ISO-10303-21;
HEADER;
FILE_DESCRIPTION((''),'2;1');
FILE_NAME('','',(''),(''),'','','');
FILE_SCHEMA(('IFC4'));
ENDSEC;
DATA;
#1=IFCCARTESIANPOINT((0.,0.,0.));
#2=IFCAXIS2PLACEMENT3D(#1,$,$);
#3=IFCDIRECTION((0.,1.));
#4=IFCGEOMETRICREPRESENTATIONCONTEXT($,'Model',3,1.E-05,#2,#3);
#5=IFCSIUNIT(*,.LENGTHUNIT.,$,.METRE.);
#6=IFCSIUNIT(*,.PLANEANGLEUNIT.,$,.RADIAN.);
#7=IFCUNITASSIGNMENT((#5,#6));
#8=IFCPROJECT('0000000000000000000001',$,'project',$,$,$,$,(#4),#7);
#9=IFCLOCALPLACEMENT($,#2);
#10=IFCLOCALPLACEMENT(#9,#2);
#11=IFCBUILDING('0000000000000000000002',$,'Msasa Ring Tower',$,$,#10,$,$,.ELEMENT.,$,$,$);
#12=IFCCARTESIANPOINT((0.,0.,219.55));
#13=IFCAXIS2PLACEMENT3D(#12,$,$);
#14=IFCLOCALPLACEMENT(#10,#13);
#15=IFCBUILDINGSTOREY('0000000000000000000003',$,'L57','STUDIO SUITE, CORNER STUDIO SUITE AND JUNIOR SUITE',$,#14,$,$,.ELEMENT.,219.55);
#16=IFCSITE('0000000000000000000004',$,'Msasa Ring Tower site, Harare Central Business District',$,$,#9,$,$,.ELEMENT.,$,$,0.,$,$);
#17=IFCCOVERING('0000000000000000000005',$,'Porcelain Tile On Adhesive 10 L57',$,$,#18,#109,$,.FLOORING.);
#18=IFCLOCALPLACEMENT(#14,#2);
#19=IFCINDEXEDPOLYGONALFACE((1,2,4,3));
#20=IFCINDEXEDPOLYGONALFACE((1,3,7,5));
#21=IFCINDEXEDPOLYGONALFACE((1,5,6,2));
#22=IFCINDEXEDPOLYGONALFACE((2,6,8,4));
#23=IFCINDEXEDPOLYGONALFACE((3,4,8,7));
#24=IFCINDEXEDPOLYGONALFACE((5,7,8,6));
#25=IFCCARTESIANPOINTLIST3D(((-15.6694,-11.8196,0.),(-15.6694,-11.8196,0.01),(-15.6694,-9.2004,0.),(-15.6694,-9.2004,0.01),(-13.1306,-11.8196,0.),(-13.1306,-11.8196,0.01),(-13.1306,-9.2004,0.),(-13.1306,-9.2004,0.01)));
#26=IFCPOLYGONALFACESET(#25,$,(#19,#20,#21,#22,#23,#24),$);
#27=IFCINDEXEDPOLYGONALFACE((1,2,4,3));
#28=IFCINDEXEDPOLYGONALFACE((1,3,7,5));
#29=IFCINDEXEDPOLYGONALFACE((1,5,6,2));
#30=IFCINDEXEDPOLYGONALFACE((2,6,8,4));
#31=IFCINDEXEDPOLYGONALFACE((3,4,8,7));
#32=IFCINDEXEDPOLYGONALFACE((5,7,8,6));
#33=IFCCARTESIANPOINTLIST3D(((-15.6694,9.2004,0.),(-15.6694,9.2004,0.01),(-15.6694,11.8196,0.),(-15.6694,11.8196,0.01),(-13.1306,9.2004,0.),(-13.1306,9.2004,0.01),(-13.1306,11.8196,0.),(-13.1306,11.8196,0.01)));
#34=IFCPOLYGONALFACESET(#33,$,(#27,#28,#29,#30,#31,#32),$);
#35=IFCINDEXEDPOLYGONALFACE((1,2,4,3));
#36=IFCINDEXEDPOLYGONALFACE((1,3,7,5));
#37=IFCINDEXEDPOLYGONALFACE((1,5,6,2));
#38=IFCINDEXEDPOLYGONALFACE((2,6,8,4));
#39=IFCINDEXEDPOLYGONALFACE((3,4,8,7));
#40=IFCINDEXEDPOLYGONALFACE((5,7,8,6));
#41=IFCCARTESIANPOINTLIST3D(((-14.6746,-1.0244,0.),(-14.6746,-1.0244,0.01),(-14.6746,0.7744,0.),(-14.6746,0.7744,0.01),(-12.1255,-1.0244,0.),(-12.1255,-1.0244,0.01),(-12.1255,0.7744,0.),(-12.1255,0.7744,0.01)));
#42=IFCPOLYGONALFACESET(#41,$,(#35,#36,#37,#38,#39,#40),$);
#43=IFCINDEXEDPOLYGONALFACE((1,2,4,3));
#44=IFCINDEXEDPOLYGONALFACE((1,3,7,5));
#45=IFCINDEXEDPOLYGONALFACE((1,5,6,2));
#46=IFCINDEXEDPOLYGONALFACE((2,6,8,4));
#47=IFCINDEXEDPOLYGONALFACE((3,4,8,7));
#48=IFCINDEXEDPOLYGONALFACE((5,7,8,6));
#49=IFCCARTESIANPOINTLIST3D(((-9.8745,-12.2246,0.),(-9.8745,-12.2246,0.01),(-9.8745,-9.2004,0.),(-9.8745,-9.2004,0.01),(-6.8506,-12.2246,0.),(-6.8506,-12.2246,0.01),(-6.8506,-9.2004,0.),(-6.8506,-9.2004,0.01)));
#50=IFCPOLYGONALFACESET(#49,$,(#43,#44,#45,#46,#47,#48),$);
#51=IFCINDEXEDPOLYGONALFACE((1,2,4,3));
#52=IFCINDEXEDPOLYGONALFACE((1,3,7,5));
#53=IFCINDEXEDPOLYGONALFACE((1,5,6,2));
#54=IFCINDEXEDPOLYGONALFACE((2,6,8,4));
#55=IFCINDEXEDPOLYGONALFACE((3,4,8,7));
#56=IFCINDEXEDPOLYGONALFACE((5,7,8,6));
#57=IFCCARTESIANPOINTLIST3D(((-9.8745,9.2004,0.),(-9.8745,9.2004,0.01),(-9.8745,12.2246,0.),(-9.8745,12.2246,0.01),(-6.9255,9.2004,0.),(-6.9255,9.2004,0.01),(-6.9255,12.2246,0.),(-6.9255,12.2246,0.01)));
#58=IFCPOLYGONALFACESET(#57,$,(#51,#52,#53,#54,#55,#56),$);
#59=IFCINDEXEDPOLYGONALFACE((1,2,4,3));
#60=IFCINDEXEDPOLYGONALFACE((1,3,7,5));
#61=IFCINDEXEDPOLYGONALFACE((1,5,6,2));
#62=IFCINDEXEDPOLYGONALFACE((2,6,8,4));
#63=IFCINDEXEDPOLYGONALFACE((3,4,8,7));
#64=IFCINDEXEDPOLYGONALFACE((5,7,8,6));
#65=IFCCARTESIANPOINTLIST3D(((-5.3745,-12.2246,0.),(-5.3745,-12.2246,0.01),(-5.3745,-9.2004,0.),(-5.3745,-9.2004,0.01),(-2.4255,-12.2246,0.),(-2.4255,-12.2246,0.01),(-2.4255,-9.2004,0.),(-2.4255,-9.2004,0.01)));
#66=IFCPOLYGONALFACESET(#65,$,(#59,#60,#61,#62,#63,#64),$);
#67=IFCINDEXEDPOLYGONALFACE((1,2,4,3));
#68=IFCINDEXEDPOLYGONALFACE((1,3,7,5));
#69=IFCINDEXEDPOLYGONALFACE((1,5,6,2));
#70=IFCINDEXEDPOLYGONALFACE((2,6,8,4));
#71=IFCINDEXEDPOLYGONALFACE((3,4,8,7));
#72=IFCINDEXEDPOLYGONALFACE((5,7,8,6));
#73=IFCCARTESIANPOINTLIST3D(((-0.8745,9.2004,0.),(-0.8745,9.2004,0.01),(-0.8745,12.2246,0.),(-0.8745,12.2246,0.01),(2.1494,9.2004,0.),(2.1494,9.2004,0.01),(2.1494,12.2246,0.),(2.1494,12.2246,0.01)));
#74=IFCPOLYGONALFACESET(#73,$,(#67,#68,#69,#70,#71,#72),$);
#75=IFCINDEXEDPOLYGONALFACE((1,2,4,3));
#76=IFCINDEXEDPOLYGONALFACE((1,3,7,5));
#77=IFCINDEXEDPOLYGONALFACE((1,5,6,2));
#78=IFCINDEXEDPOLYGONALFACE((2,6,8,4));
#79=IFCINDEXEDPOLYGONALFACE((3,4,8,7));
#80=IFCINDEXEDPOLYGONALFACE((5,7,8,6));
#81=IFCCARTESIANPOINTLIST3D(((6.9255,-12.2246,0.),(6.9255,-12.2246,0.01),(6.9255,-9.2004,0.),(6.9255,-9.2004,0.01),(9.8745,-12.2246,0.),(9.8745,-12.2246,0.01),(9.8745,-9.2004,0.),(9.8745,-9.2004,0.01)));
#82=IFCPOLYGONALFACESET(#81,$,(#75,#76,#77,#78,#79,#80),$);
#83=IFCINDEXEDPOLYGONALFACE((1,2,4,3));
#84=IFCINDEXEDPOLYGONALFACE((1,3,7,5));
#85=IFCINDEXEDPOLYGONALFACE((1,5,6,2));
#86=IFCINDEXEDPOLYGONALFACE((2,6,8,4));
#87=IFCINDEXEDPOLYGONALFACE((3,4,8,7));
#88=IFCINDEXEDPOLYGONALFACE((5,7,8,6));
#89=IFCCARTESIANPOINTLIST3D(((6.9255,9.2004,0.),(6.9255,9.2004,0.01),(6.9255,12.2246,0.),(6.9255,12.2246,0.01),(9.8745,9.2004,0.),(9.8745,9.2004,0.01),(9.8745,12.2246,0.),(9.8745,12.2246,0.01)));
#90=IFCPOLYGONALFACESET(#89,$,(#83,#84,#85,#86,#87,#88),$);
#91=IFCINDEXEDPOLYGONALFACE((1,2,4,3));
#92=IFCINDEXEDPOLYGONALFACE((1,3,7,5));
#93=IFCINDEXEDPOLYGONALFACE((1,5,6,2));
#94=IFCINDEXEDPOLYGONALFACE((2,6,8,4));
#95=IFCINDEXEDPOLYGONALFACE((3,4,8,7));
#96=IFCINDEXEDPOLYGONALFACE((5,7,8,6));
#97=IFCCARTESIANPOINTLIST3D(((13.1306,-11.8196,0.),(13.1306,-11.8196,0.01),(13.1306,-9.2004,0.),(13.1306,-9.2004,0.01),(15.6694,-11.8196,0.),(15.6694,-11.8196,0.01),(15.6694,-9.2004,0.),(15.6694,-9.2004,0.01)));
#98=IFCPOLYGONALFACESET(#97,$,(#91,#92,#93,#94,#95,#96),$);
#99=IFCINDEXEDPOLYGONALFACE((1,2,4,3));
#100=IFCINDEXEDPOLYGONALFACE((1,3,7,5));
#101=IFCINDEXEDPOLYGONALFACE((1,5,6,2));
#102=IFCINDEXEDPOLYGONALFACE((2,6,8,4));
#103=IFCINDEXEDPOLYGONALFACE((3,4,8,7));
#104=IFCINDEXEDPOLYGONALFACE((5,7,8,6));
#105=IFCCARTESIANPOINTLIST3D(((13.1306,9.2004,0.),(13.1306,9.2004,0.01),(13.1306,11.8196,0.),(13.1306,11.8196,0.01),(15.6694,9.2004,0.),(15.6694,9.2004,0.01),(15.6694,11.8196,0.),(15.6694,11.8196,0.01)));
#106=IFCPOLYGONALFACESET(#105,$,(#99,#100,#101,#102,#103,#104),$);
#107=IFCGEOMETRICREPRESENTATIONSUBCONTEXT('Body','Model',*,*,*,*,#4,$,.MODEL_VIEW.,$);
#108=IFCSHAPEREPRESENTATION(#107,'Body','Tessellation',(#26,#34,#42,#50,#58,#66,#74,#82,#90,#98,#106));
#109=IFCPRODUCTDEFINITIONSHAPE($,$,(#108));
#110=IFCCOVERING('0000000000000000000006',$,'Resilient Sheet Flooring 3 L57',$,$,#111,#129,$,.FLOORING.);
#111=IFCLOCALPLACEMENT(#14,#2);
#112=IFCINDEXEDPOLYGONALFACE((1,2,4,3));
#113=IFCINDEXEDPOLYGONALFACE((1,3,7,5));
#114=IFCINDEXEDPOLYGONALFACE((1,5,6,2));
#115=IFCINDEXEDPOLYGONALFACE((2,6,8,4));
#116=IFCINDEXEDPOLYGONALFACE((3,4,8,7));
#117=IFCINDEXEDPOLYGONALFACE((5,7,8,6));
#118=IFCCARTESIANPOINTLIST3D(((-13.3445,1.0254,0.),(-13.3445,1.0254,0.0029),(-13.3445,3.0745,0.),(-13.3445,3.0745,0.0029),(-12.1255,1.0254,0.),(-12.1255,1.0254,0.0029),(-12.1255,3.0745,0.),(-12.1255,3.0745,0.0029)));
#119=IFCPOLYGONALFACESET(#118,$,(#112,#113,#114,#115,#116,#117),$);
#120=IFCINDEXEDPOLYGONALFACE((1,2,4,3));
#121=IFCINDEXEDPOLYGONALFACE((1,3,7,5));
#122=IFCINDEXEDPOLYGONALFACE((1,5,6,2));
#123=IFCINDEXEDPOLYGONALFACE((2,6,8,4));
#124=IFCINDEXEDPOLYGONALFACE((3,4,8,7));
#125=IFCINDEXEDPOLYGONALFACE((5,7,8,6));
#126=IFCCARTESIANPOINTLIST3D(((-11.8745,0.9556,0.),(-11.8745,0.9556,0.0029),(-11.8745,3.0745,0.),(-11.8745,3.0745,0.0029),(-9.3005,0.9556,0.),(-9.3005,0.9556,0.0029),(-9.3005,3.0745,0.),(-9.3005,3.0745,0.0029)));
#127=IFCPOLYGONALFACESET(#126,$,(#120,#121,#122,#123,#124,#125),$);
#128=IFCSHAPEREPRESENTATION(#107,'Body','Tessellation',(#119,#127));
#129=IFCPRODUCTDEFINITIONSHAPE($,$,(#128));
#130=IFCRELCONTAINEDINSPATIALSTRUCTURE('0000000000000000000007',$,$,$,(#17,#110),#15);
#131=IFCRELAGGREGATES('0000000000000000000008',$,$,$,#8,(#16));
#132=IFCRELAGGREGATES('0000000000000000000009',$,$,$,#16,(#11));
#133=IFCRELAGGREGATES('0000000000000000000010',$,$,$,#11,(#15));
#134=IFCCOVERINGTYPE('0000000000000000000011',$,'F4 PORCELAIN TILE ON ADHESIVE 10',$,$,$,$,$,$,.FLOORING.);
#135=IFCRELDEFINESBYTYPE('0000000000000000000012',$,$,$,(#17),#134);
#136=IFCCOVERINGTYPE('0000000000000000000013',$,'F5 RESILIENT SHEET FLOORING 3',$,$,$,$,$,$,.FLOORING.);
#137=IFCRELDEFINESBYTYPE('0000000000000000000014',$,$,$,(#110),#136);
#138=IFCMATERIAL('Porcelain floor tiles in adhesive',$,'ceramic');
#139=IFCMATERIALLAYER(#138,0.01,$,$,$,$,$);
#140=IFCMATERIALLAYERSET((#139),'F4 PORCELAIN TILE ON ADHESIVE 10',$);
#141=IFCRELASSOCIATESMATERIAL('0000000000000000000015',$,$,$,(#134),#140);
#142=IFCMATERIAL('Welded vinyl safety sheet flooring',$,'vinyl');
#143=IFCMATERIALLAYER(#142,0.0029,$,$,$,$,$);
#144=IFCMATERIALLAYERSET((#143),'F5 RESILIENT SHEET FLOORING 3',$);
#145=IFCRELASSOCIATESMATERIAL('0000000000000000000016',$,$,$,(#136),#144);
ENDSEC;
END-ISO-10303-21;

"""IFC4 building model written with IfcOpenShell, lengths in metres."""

from ifc_helpers import new_model, si_unit, direction, frame, origin, place, context, subcontext, project, spatial, line, indexed_curve, outline, extrude, material, layer, layer_set, type_object, element, save


model = new_model("IFC4")

# Units and contexts
model_context = context("Model", 3, precision=1e-05, world=origin(), true_north=direction((0.0, 1.0)))
body_context = subcontext(model_context, "Body", "Model", "MODEL_VIEW")
ifc_project = project(units=[si_unit("LENGTHUNIT", "METRE"), si_unit("PLANEANGLEUNIT", "RADIAN")], contexts=[model_context])

# Site, building, storey
site_placement = place(None, origin())
site = spatial("IfcSite", under=ifc_project, at=site_placement, Name="Msasa Ring Tower site, Harare Central Business District", CompositionType="ELEMENT", RefElevation=0.0)
building_placement = place(site_placement, origin())
building = spatial("IfcBuilding", under=site, at=building_placement, Name="Msasa Ring Tower", CompositionType="ELEMENT")
storey_placement = place(building_placement, frame((0.0, 0.0, 219.55)))
storey = spatial("IfcBuildingStorey", under=building, at=storey_placement, Name="L57", Description="STUDIO SUITE, CORNER STUDIO SUITE AND JUNIOR SUITE", CompositionType="ELEMENT", Elevation=219.55)

# Coverings
ifc_material_1 = material(Name="Porcelain floor tiles in adhesive", Category="ceramic")
ifc_layer_1 = layer(ifc_material_1, 0.01)
ifc_layer_set_1 = layer_set([ifc_layer_1], Name="F4 PORCELAIN TILE ON ADHESIVE 10")
covering_type_1 = type_object("IfcCoveringType", Name="F4 PORCELAIN TILE ON ADHESIVE 10", PredefinedType="FLOORING", material=ifc_layer_set_1)
covering_1_placement = place(storey_placement, origin())
element("IfcCovering", 1, at=covering_1_placement, inside=storey, type_object=covering_type_1, Name="Porcelain Tile On Adhesive 10 L57", PredefinedType="FLOORING", context=body_context, shape_type="SweptSolid", body=[
    extrude(outline(indexed_curve([(-15.6694, -9.2004), (-13.1306, -9.2004), (-13.1306, -11.8196), (-15.6694, -11.8196)], segments=[line(1, 2, 3, 4, 1)], self_intersect=False)), origin(), (0.0, 0.0, 1.0), 0.01),
    extrude(outline(indexed_curve([(-13.1306, 11.8196), (-13.1306, 9.2004), (-15.6694, 9.2004), (-15.6694, 11.8196)], segments=[line(1, 2, 3, 4, 1)], self_intersect=False)), origin(), (0.0, 0.0, 1.0), 0.01),
    extrude(outline(indexed_curve([(-12.1255, -1.0244), (-14.6746, -1.0244), (-14.6746, 0.7744), (-12.1255, 0.7744)], segments=[line(1, 2, 3, 4, 1)], self_intersect=False)), origin(), (0.0, 0.0, 1.0), 0.01),
    extrude(outline(indexed_curve([(-6.8506, -9.2004), (-6.8506, -12.2246), (-9.8745, -12.2246), (-9.8745, -9.2004)], segments=[line(1, 2, 3, 4, 1)], self_intersect=False)), origin(), (0.0, 0.0, 1.0), 0.01),
    extrude(outline(indexed_curve([(-9.8745, 9.2004), (-9.8745, 12.2246), (-6.9255, 12.2246), (-6.9255, 9.2004)], segments=[line(1, 2, 3, 4, 1)], self_intersect=False)), origin(), (0.0, 0.0, 1.0), 0.01),
    extrude(outline(indexed_curve([(-2.4255, -9.2004), (-2.4255, -12.2246), (-5.3745, -12.2246), (-5.3745, -9.2004)], segments=[line(1, 2, 3, 4, 1)], self_intersect=False)), origin(), (0.0, 0.0, 1.0), 0.01),
    extrude(outline(indexed_curve([(2.1494, 9.2004), (-0.8745, 9.2004), (-0.8745, 12.2246), (2.1494, 12.2246)], segments=[line(1, 2, 3, 4, 1)], self_intersect=False)), origin(), (0.0, 0.0, 1.0), 0.01),
    extrude(outline(indexed_curve([(9.8745, -9.2004), (9.8745, -12.2246), (6.9255, -12.2246), (6.9255, -9.2004)], segments=[line(1, 2, 3, 4, 1)], self_intersect=False)), origin(), (0.0, 0.0, 1.0), 0.01),
    extrude(outline(indexed_curve([(6.9255, 9.2004), (6.9255, 12.2246), (9.8745, 12.2246), (9.8745, 9.2004)], segments=[line(1, 2, 3, 4, 1)], self_intersect=False)), origin(), (0.0, 0.0, 1.0), 0.01),
    extrude(outline(indexed_curve([(15.6694, -9.2004), (15.6694, -11.8196), (13.1306, -11.8196), (13.1306, -9.2004)], segments=[line(1, 2, 3, 4, 1)], self_intersect=False)), origin(), (0.0, 0.0, 1.0), 0.01),
    extrude(outline(indexed_curve([(13.1306, 11.8196), (15.6694, 11.8196), (15.6694, 9.2004), (13.1306, 9.2004)], segments=[line(1, 2, 3, 4, 1)], self_intersect=False)), origin(), (0.0, 0.0, 1.0), 0.01),
])
ifc_material_2 = material(Name="Welded vinyl safety sheet flooring", Category="vinyl")
ifc_layer_2 = layer(ifc_material_2, 0.0029)
ifc_layer_set_2 = layer_set([ifc_layer_2], Name="F5 RESILIENT SHEET FLOORING 3")
covering_type_2 = type_object("IfcCoveringType", Name="F5 RESILIENT SHEET FLOORING 3", PredefinedType="FLOORING", material=ifc_layer_set_2)
covering_2_placement = place(storey_placement, origin())
element("IfcCovering", 2, at=covering_2_placement, inside=storey, type_object=covering_type_2, Name="Resilient Sheet Flooring 3 L57", PredefinedType="FLOORING", context=body_context, shape_type="SweptSolid", body=[
    extrude(outline(indexed_curve([(-12.1255, 1.0254), (-13.3445, 1.0254), (-13.3445, 3.0745), (-12.1255, 3.0745)], segments=[line(1, 2, 3, 4, 1)], self_intersect=False)), origin(), (0.0, 0.0, 1.0), 0.0029),
    extrude(outline(indexed_curve([(-9.3005, 0.9556), (-11.8745, 0.9556), (-11.8745, 3.0745), (-9.3005, 3.0745)], segments=[line(1, 2, 3, 4, 1)], self_intersect=False)), origin(), (0.0, 0.0, 1.0), 0.0029),
])

save(model, "model.ifc")
